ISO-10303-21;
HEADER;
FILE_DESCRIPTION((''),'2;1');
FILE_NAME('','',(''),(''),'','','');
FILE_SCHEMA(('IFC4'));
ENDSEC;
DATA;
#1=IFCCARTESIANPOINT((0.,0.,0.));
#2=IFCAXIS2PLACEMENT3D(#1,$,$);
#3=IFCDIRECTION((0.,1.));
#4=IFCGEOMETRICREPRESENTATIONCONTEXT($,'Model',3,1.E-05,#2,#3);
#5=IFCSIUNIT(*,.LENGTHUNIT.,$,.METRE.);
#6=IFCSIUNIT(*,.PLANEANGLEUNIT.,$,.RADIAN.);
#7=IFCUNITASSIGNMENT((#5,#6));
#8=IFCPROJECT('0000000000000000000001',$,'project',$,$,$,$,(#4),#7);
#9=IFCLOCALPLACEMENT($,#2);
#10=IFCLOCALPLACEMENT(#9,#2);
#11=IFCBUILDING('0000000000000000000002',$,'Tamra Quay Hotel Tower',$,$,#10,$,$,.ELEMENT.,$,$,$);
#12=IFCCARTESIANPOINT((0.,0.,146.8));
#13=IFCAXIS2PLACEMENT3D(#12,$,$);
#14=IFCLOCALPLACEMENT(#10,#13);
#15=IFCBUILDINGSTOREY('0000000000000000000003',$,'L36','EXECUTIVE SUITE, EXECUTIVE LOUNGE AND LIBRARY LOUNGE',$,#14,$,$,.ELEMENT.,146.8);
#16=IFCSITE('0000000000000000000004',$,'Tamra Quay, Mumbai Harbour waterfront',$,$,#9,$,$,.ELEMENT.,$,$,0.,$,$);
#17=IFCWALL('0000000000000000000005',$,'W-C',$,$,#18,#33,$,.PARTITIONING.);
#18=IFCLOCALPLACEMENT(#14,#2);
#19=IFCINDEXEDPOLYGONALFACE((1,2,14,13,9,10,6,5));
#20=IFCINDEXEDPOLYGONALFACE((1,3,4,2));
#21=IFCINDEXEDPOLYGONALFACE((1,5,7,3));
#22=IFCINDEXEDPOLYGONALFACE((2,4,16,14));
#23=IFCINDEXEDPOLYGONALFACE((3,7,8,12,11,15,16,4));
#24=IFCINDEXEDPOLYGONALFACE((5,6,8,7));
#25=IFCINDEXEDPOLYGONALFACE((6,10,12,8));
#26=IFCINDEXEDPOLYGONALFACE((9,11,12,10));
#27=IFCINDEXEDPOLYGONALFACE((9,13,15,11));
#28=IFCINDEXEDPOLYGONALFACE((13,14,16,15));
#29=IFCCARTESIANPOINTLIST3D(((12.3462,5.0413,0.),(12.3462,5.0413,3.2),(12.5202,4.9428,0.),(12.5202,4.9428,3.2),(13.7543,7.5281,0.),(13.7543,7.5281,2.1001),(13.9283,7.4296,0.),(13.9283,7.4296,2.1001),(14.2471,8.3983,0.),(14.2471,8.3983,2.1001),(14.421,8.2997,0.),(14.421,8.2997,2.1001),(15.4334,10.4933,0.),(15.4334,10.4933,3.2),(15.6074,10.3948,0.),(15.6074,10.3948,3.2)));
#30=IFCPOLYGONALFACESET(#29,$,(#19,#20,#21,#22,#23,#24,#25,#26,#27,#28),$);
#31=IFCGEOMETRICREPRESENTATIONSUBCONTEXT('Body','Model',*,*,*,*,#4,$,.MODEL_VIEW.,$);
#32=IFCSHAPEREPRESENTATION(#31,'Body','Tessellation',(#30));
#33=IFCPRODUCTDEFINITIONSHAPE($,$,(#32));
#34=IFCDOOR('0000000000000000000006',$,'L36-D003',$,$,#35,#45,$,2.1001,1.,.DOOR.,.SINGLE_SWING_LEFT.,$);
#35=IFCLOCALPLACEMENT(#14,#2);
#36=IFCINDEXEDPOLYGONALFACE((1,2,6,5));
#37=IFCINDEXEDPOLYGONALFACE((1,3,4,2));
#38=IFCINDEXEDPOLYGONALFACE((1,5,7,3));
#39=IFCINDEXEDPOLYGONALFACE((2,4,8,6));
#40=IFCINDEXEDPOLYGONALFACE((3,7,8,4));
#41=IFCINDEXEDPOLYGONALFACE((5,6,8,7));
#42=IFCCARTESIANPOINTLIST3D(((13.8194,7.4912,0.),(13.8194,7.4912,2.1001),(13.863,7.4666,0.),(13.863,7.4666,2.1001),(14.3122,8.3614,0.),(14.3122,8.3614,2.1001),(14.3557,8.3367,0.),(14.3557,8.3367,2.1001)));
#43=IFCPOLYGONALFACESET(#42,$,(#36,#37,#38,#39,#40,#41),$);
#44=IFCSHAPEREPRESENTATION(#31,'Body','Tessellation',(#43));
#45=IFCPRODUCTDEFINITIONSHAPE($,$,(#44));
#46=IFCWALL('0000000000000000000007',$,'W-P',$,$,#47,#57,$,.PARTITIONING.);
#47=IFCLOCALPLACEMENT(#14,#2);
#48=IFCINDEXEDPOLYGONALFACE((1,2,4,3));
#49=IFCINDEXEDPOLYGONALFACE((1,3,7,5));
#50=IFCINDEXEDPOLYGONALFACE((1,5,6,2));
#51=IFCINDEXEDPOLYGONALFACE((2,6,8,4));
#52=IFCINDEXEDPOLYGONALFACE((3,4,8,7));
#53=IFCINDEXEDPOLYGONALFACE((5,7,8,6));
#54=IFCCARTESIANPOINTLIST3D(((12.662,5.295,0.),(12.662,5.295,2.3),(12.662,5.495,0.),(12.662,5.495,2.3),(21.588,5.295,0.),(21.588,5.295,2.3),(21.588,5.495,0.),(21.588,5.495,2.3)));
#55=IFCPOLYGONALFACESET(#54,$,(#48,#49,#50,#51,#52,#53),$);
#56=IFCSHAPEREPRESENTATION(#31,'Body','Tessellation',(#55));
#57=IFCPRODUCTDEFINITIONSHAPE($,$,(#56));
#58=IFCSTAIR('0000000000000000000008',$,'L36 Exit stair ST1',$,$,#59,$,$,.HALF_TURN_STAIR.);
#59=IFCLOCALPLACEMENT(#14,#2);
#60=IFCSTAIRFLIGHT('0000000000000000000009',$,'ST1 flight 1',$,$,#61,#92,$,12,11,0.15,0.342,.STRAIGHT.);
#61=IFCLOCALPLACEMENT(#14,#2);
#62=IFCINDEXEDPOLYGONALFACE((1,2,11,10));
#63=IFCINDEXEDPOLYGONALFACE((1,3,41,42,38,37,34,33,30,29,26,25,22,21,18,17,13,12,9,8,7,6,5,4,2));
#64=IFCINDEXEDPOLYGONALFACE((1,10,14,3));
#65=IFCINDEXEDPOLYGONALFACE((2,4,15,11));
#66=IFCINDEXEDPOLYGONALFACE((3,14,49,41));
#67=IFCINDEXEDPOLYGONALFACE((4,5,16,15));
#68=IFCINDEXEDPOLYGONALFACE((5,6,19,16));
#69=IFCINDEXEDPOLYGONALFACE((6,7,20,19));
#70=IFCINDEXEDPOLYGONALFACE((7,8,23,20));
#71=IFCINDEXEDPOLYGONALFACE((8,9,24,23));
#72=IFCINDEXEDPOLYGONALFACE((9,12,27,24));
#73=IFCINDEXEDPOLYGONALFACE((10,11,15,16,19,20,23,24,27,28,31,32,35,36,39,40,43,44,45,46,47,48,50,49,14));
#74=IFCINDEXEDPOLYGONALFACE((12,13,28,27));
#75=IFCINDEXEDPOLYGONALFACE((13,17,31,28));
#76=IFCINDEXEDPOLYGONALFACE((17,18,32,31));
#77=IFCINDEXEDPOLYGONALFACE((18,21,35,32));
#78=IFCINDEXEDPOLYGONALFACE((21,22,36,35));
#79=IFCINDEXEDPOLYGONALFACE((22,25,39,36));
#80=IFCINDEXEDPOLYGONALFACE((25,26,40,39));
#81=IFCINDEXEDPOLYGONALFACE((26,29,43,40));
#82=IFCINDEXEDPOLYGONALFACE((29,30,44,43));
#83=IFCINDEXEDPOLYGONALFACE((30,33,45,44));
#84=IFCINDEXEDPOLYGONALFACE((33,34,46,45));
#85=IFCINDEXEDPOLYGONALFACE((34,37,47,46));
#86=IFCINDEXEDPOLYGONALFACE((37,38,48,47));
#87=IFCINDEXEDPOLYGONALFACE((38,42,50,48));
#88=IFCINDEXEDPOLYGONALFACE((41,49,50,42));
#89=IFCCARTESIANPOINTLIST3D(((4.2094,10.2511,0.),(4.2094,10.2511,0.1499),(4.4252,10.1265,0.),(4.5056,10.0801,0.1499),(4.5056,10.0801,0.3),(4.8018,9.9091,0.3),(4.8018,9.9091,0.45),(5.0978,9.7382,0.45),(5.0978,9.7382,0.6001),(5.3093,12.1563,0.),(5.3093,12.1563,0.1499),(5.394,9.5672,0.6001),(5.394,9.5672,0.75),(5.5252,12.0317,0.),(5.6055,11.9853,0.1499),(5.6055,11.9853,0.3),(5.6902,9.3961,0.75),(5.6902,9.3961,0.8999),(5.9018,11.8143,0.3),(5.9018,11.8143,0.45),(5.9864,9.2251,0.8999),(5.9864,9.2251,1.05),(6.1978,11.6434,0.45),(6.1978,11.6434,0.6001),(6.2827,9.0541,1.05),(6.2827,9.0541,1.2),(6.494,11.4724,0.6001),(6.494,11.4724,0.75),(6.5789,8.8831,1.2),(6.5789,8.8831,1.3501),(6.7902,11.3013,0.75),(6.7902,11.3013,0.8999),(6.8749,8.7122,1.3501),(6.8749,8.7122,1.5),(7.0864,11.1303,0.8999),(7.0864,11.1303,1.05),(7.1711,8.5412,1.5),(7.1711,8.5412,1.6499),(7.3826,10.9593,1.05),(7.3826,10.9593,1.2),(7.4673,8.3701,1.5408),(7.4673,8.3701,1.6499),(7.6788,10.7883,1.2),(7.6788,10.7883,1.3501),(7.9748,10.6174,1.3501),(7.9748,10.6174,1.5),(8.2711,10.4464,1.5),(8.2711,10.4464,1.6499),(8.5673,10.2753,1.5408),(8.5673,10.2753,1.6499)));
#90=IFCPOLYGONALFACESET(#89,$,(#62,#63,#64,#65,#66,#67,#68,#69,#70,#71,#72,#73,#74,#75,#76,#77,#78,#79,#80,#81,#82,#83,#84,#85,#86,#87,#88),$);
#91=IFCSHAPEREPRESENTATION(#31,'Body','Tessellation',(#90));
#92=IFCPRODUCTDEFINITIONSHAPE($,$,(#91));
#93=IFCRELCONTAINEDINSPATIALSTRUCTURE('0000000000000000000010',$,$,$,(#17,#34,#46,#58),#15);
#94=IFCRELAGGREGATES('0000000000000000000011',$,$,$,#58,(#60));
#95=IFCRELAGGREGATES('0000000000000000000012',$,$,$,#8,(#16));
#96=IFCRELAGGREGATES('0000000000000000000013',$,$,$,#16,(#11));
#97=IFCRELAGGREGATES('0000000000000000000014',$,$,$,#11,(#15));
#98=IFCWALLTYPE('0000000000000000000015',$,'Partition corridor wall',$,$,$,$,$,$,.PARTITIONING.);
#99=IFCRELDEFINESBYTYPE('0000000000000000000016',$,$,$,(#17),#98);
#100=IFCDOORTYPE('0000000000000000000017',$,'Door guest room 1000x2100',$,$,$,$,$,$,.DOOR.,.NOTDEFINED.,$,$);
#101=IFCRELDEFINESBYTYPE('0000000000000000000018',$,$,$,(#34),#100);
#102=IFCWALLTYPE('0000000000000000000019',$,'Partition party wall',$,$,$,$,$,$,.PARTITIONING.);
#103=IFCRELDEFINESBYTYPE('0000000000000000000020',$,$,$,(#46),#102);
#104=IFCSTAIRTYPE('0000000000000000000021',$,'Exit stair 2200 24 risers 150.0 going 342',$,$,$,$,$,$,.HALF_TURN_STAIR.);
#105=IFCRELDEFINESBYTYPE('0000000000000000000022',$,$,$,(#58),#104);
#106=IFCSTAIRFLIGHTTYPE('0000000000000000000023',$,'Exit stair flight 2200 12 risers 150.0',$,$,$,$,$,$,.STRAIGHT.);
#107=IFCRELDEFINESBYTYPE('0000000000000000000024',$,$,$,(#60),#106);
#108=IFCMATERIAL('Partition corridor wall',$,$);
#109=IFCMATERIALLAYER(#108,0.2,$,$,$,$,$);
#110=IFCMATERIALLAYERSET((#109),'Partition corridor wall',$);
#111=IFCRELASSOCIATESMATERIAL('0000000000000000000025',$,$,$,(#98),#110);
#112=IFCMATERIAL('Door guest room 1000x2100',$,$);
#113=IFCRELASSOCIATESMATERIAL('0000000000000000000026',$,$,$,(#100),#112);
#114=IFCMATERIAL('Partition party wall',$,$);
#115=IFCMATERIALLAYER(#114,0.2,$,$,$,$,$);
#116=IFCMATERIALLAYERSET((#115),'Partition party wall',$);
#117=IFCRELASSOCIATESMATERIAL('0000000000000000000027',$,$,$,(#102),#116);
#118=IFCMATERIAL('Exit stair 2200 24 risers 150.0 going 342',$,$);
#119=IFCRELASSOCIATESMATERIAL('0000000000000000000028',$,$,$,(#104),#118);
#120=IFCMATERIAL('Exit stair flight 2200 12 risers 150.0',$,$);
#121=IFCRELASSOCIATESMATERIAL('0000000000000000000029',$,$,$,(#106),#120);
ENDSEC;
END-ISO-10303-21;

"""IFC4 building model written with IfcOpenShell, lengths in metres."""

from ifc_helpers import new_model, si_unit, direction, frame, frame_2d, origin, place, context, subcontext, project, spatial, polyline, rectangle, outline, extrude, material, layer, layer_set, type_object, element, fill, aggregate, save


model = new_model("IFC4")

# Units and contexts
model_context = context("Model", 3, precision=1e-05, world=origin(), true_north=direction((0.0, 1.0)))
body_context = subcontext(model_context, "Body", "Model", "MODEL_VIEW")
ifc_project = project(units=[si_unit("LENGTHUNIT", "METRE"), si_unit("PLANEANGLEUNIT", "RADIAN")], contexts=[model_context])

# Site, building, storey
site_placement = place(None, origin())
site = spatial("IfcSite", under=ifc_project, at=site_placement, Name="Tamra Quay, Mumbai Harbour waterfront", CompositionType="ELEMENT", RefElevation=0.0)
building_placement = place(site_placement, origin())
building = spatial("IfcBuilding", under=site, at=building_placement, Name="Tamra Quay Hotel Tower", CompositionType="ELEMENT")
storey_placement = place(building_placement, frame((0.0, 0.0, 146.8)))
storey = spatial("IfcBuildingStorey", under=building, at=storey_placement, Name="L36", Description="EXECUTIVE SUITE, EXECUTIVE LOUNGE AND LIBRARY LOUNGE", CompositionType="ELEMENT", Elevation=146.8)

# Shared definitions
ifc_material_1 = material(Name="Partition corridor wall")
ifc_layer_1 = layer(ifc_material_1, 0.2)
ifc_layer_set_1 = layer_set([ifc_layer_1], Name="Partition corridor wall")
wall_type_1 = type_object("IfcWallType", Name="Partition corridor wall", PredefinedType="PARTITIONING", material=ifc_layer_set_1)

# Wall, opening, door
wall_1_placement = place(storey_placement, frame((12.4331, 4.9919, 0.0), z_axis=(0.0, 0.0, 1.0), x_axis=(0.49274, 0.870176, 0.0)))
wall_1 = element("IfcWall", 1, at=wall_1_placement, inside=storey, type_object=wall_type_1, Name="W-C", PredefinedType="PARTITIONING", context=body_context, shape_type="SweptSolid", body=[
    extrude(rectangle(XDim=6.2654, YDim=0.2, at=frame_2d((3.1328, 0.0))), origin(), (0.0, 0.0, 1.0), 3.2),
])
opening_1_placement = place(wall_1_placement, frame((2.8579, 0.0, 0.0)))
opening_1 = element("IfcOpeningElement", 2, at=opening_1_placement, cuts=wall_1, PredefinedType="OPENING", context=body_context, shape_type="SweptSolid", body=[
    extrude(rectangle(XDim=1.0, YDim=2.1001, at=frame_2d((0.5, 1.05))), frame((0.0, 0.1099, 0.0), z_axis=(0.0, -1.0, 0.0), x_axis=(1.0, 0.0, 0.0)), (0.0, 0.0, 1.0), 0.22),
])
ifc_material_2 = material(Name="Door guest room 1000x2100")
door_type_1 = type_object("IfcDoorType", Name="Door guest room 1000x2100", OperationType="NOTDEFINED", PredefinedType="DOOR", material=ifc_material_2)
door_1_placement = place(opening_1_placement, frame((1.0, 0.0, 0.0), z_axis=(0.0, 0.0, 1.0), x_axis=(-1.0, 0.0, 0.0)))
door_1 = element("IfcDoor", 3, at=door_1_placement, inside=storey, type_object=door_type_1, Name="L36-D003", OperationType="SINGLE_SWING_LEFT", OverallHeight=2.1001, OverallWidth=1.0, PredefinedType="DOOR", context=body_context, shape_type="SweptSolid", body=[
    extrude(rectangle(XDim=1.0, YDim=2.1001, at=frame_2d((0.5, 1.05))), frame((0.0, 0.0249, 0.0), z_axis=(0.0, -1.0, 0.0), x_axis=(1.0, 0.0, 0.0)), (0.0, 0.0, 1.0), 0.05),
])
fill(opening_1, door_1)

# Wall
ifc_material_3 = material(Name="Partition party wall")
ifc_layer_2 = layer(ifc_material_3, 0.2)
ifc_layer_set_2 = layer_set([ifc_layer_2], Name="Partition party wall")
wall_type_2 = type_object("IfcWallType", Name="Partition party wall", PredefinedType="PARTITIONING", material=ifc_layer_set_2)
wall_2_placement = place(storey_placement, frame((12.6621, 5.395, 0.0), z_axis=(0.0, 0.0, 1.0), x_axis=(1.0, 0.0, 0.0)))
element("IfcWall", 4, at=wall_2_placement, inside=storey, type_object=wall_type_2, Name="W-P", PredefinedType="PARTITIONING", context=body_context, shape_type="SweptSolid", body=[
    extrude(rectangle(XDim=8.926, YDim=0.2, at=frame_2d((4.4629, 0.0))), origin(), (0.0, 0.0, 1.0), 2.3),
])

# Stair, stair flight
ifc_material_4 = material(Name="Exit stair 2200 24 risers 150.0 going 342")
stair_type = type_object("IfcStairType", Name="Exit stair 2200 24 risers 150.0 going 342", PredefinedType="HALF_TURN_STAIR", material=ifc_material_4)
stair_placement = place(storey_placement, origin())
stair = element("IfcStair", 5, at=stair_placement, inside=storey, type_object=stair_type, Name="L36 Exit stair ST1", PredefinedType="HALF_TURN_STAIR")
ifc_material_5 = material(Name="Exit stair flight 2200 12 risers 150.0")
stair_flight_type = type_object("IfcStairFlightType", Name="Exit stair flight 2200 12 risers 150.0", PredefinedType="STRAIGHT", material=ifc_material_5)
stair_flight_placement = place(storey_placement, frame((4.7593, 11.2036, 0.0), z_axis=(0.0, 0.0, 1.0), x_axis=(0.866025, -0.5, 0.0)))
stair_flight = element("IfcStairFlight", 6, at=stair_flight_placement, type_object=stair_flight_type, Name="ST1 flight 1", NumberOfRisers=12, NumberOfTreads=11, PredefinedType="STRAIGHT", RiserHeight=0.15, TreadLength=0.342, context=body_context, shape_type="SweptSolid", body=[
    extrude(outline(polyline([(0.0, 0.0), (0.0, 0.1499), (0.342, 0.1499), (0.342, 0.3), (0.6841, 0.3), (0.6841, 0.45), (1.0259, 0.45), (1.0259, 0.6001), (1.3679, 0.6001), (1.3679, 0.75), (1.71, 0.75), (1.71, 0.8999), (2.052, 0.8999), (2.052, 1.05), (2.394, 1.05), (2.394, 1.2), (2.7361, 1.2), (2.7361, 1.3501), (3.0779, 1.3501), (3.0779, 1.5), (3.4199, 1.5), (3.4199, 1.6499), (3.762, 1.6499), (3.762, 1.8), (3.762, 1.5408), (0.2493, 0.0), (0.0, 0.0)])), frame((0.0, 1.1001, 0.0), z_axis=(0.0, -1.0, 0.0), x_axis=(1.0, 0.0, 0.0)), (0.0, 0.0, 1.0), 2.2),
])
aggregate(stair, [stair_flight])

save(model, "model.ifc")
